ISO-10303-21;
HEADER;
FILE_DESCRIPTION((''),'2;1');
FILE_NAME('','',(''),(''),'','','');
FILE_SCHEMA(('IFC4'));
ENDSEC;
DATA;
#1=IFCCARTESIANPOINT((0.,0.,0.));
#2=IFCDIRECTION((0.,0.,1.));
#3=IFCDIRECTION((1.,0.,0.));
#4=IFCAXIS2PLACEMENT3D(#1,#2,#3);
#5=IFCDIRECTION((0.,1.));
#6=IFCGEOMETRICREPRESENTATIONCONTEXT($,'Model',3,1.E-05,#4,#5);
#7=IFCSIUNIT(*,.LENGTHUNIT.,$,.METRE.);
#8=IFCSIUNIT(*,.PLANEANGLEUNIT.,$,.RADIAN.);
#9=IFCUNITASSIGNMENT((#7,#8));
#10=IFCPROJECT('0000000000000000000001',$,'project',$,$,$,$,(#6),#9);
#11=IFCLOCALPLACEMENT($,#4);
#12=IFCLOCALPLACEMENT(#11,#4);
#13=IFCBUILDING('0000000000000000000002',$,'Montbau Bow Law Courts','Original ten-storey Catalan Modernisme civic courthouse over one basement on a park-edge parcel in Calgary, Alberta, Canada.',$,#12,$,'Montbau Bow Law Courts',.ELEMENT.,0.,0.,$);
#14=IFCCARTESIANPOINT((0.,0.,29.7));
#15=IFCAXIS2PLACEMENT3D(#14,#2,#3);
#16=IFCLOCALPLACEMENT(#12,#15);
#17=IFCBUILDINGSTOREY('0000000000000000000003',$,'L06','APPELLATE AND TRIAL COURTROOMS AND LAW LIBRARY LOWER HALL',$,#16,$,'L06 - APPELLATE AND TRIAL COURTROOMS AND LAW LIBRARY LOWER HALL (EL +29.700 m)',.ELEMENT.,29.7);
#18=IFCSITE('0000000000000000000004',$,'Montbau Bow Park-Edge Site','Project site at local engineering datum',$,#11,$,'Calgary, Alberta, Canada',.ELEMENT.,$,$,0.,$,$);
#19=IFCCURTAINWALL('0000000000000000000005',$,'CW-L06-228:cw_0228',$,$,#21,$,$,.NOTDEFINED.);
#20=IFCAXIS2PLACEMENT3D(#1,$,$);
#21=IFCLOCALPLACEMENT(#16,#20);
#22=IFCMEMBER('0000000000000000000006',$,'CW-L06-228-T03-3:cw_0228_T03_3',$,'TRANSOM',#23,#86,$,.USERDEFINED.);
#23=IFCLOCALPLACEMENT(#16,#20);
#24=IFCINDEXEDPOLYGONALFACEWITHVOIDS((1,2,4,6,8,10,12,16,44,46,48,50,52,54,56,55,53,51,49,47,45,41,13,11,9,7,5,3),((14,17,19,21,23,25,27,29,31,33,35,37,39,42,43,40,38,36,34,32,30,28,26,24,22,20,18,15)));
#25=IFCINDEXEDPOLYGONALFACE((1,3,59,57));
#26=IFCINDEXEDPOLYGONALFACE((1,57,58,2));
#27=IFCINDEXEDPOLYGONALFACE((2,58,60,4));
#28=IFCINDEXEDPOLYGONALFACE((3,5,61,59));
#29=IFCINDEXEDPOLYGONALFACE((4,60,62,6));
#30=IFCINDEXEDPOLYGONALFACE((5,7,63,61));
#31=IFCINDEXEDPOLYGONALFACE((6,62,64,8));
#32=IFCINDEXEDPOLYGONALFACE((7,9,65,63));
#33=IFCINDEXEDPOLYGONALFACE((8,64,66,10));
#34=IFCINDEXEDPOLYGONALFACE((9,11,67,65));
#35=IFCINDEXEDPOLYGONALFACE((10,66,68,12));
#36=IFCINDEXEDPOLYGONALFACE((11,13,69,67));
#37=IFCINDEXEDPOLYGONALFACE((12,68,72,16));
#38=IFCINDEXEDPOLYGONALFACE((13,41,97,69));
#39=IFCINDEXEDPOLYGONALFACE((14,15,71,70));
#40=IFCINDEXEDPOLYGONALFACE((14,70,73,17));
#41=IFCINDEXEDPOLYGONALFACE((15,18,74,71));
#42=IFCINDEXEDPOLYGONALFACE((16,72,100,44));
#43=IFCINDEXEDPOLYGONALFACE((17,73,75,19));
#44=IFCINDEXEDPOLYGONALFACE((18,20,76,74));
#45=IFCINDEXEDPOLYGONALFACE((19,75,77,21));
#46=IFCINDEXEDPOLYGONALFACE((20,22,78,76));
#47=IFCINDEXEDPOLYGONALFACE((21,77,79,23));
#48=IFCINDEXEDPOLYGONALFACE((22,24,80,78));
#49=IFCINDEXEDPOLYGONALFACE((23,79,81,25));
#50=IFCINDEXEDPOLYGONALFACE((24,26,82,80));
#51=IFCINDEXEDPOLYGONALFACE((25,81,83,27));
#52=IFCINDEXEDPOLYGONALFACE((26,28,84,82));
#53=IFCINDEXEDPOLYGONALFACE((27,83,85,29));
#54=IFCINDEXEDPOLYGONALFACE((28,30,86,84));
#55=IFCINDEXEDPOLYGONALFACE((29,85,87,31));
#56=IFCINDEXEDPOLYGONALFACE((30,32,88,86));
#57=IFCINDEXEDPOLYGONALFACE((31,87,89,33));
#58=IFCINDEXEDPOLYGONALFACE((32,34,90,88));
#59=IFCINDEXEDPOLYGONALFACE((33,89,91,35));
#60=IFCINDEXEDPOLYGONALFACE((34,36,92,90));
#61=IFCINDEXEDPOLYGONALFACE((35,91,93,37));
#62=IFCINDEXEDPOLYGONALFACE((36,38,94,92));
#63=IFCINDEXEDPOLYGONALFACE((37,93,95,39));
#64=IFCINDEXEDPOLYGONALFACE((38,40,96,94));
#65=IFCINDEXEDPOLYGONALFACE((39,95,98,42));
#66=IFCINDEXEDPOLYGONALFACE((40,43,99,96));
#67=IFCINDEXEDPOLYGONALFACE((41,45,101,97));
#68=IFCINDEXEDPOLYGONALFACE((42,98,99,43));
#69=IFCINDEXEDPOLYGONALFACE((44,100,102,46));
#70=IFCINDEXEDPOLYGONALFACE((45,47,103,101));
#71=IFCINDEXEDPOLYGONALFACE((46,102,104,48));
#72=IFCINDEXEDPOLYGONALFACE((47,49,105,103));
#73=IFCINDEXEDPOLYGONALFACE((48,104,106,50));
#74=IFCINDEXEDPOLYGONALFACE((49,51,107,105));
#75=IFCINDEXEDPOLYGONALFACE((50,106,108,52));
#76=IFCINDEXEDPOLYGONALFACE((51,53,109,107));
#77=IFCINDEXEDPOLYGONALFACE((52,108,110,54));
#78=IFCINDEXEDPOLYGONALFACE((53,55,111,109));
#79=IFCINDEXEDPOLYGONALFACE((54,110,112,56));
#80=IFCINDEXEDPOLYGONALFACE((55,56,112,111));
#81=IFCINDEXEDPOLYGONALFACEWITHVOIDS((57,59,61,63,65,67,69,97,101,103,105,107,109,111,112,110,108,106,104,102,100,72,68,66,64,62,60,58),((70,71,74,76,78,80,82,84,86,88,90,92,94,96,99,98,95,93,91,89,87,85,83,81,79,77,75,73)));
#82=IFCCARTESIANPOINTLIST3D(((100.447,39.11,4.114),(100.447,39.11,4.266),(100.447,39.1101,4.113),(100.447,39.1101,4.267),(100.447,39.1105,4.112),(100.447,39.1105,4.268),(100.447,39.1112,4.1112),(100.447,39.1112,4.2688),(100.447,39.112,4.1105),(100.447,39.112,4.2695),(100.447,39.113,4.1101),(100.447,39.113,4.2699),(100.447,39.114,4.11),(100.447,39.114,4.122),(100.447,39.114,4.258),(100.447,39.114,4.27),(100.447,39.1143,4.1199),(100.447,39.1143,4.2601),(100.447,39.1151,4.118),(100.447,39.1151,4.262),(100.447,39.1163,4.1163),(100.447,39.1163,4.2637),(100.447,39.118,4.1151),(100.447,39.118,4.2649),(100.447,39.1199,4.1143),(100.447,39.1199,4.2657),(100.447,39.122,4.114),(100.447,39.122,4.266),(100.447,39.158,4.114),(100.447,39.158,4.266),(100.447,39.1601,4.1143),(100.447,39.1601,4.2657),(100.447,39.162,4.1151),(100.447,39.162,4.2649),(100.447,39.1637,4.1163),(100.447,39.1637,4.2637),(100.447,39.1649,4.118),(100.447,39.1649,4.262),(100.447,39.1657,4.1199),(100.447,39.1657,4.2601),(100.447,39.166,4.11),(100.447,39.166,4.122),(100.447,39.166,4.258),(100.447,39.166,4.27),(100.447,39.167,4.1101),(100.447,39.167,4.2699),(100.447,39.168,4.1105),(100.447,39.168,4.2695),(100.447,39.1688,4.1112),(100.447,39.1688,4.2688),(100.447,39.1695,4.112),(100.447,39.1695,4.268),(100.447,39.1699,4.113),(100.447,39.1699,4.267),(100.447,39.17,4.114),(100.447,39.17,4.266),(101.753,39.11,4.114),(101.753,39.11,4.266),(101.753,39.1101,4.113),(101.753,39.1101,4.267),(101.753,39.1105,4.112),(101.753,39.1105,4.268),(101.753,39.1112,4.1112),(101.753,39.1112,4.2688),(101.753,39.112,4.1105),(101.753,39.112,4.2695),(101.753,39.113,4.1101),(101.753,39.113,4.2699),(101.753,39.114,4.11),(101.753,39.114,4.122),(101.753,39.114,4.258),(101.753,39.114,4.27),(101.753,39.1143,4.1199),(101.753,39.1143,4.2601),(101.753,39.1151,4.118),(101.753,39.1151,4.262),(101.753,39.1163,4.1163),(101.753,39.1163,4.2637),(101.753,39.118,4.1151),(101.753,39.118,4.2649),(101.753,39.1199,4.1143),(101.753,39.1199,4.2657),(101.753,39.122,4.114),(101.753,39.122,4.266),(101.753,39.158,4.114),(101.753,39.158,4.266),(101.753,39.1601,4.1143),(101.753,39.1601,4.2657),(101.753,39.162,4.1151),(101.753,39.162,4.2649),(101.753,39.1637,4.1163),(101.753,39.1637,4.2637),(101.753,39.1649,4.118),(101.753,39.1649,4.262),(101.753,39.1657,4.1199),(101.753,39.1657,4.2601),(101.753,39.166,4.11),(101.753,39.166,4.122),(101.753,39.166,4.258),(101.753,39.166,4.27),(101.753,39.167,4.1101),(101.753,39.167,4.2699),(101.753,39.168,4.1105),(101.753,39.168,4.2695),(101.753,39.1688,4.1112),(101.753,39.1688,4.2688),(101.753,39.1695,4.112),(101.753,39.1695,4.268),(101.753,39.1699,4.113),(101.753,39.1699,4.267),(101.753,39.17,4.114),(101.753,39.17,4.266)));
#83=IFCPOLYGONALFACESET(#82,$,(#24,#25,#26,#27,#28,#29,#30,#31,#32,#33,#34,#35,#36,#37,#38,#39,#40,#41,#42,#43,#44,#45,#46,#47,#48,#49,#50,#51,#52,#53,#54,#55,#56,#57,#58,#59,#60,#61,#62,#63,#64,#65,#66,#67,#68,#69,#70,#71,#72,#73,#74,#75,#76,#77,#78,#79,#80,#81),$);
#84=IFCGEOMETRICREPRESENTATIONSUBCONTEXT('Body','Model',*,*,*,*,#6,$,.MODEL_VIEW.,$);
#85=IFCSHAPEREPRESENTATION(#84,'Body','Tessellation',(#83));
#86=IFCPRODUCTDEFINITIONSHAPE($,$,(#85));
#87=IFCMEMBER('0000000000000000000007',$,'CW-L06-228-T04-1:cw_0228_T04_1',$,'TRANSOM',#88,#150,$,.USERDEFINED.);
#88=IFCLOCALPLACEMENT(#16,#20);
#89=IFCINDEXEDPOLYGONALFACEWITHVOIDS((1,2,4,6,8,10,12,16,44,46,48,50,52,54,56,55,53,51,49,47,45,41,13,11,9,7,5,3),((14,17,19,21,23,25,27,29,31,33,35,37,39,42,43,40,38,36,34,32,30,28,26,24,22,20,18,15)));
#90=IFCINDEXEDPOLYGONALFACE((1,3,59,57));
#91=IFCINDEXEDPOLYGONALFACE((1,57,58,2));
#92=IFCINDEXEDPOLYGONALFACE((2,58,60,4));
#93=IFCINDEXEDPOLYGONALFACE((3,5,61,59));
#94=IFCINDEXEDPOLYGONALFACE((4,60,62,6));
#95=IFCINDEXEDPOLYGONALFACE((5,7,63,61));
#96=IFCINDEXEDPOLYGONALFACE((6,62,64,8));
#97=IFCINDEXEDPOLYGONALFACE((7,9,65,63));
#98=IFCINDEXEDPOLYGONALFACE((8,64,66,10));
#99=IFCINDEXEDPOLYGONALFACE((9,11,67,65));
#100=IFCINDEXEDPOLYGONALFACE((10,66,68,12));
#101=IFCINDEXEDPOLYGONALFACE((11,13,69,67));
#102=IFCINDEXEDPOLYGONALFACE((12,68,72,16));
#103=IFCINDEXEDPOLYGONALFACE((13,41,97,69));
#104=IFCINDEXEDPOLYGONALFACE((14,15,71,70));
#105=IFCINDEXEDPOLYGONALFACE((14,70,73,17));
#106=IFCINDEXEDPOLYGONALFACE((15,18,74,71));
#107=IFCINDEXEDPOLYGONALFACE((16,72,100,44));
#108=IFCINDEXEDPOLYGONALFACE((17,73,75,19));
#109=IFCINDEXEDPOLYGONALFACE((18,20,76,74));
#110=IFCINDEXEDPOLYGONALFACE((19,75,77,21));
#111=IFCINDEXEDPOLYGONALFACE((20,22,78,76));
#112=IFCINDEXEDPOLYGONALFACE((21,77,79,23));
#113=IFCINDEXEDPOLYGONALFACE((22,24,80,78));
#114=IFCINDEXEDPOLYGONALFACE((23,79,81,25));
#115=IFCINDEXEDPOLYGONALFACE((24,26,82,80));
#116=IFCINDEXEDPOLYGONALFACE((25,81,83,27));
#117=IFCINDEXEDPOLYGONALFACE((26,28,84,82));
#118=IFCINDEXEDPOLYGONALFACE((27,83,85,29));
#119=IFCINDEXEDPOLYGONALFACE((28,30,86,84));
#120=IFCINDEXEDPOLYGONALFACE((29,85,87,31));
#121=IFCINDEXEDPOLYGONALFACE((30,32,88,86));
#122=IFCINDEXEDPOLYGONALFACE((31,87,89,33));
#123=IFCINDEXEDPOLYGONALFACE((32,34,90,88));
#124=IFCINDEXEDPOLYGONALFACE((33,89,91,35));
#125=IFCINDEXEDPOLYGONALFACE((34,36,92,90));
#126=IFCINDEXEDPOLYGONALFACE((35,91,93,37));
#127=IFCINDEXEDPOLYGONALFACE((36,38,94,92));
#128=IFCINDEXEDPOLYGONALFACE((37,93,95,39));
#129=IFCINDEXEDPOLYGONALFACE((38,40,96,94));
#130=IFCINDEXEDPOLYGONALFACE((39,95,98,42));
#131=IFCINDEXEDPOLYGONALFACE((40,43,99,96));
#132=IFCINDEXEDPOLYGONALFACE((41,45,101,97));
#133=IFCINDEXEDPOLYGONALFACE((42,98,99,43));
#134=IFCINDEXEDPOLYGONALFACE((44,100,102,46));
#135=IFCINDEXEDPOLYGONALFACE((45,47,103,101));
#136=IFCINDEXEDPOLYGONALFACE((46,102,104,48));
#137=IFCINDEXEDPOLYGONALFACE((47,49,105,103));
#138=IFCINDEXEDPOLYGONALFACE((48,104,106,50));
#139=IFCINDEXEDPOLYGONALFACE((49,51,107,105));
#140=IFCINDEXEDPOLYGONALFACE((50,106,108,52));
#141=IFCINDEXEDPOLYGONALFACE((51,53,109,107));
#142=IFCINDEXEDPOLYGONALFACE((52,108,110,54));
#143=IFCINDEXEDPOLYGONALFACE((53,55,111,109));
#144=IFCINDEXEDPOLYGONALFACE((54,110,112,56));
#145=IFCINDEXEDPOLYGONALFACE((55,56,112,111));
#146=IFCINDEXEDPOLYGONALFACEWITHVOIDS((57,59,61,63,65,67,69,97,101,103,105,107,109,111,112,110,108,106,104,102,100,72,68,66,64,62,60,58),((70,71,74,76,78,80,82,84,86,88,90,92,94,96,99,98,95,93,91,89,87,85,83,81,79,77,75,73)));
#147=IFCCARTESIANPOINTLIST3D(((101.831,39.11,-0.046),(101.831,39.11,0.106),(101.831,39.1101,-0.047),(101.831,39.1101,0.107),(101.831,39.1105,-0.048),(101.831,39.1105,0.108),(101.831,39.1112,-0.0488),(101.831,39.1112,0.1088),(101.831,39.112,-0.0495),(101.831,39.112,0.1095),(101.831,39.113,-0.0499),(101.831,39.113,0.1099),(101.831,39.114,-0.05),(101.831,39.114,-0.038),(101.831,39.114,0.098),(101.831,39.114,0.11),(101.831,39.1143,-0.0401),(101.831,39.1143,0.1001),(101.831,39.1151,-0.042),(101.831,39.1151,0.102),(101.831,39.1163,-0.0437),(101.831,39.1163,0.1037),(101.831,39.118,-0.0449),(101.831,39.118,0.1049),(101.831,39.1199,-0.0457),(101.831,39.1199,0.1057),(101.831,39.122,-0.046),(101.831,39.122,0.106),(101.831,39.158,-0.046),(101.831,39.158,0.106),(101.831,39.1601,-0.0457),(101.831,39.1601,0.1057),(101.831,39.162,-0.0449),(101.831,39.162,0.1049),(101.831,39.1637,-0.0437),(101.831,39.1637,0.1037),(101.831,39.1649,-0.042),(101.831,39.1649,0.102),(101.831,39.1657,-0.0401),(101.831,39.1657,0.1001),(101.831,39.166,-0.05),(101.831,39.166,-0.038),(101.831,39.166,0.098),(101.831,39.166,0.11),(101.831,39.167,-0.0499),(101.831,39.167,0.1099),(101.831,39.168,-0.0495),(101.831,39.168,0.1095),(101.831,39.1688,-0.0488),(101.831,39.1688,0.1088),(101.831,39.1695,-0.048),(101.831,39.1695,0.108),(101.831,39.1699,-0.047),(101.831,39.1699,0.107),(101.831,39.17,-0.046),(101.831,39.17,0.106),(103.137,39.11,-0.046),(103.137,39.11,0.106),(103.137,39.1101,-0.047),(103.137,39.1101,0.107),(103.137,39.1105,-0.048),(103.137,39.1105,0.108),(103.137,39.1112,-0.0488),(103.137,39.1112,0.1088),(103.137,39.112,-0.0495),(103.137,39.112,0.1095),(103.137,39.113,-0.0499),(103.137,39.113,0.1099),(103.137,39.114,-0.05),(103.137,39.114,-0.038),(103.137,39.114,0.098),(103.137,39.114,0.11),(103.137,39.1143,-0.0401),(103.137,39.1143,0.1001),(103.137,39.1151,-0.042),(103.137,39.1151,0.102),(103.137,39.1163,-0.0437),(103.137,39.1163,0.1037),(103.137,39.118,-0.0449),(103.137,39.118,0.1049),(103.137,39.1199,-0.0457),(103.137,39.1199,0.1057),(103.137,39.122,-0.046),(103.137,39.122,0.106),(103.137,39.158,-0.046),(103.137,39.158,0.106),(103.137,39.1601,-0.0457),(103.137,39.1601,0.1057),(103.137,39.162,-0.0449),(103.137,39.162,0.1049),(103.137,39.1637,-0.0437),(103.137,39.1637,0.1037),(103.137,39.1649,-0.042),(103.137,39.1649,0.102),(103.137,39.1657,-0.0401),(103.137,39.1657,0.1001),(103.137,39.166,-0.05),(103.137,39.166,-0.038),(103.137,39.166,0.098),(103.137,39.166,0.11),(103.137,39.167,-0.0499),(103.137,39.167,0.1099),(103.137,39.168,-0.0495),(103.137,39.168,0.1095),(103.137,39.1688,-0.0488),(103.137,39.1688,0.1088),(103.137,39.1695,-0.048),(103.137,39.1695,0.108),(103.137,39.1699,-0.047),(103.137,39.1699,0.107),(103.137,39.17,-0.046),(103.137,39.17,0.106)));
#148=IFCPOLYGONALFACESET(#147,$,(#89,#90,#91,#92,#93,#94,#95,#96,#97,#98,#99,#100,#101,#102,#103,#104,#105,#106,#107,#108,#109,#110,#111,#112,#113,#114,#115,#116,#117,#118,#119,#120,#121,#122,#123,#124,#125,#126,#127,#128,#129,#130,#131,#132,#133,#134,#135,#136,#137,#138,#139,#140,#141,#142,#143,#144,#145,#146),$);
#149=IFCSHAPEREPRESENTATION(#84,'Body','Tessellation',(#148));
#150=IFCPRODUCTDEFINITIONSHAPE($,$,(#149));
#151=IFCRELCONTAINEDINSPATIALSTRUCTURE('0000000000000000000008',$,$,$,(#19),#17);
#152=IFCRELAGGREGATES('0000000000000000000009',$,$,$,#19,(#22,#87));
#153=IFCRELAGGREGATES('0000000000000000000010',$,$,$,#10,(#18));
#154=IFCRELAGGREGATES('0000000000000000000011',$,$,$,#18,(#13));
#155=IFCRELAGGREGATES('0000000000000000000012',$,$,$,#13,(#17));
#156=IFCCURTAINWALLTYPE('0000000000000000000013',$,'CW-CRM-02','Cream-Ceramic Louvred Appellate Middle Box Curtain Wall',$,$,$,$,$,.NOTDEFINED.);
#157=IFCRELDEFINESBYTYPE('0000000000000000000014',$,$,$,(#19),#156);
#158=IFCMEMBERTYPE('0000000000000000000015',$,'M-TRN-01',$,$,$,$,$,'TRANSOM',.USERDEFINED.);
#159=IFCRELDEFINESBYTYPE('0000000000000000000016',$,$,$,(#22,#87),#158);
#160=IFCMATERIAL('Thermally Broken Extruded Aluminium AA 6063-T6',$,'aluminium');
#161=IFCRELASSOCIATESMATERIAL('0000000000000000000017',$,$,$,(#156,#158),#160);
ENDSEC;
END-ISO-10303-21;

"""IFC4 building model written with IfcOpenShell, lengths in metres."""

from ifc_helpers import new_model, si_unit, direction, frame, origin_with_axes, origin_2d_with_axis, place, context, subcontext, project, spatial, hollow_rectangle, extrude, material, material_profile, profile_set, type_object, element, aggregate, save


model = new_model("IFC4")

# Units and contexts
model_context = context("Model", 3, precision=1e-05, world=origin_with_axes(), true_north=direction((0.0, 1.0)))
body_context = subcontext(model_context, "Body", "Model", "MODEL_VIEW")
ifc_project = project(units=[si_unit("LENGTHUNIT", "METRE"), si_unit("PLANEANGLEUNIT", "RADIAN")], contexts=[model_context])

# Site, building, storey
site_placement = place(None, origin_with_axes())
site = spatial("IfcSite", under=ifc_project, at=site_placement, Name="Montbau Bow Park-Edge Site", Description="Project site at local engineering datum", LongName="Calgary, Alberta, Canada", CompositionType="ELEMENT", RefElevation=0.0)
building_placement = place(site_placement, origin_with_axes())
building = spatial("IfcBuilding", under=site, at=building_placement, Name="Montbau Bow Law Courts", Description="Original ten-storey Catalan Modernisme civic courthouse over one basement on a park-edge parcel in Calgary, Alberta, Canada.", LongName="Montbau Bow Law Courts", CompositionType="ELEMENT", ElevationOfRefHeight=0.0, ElevationOfTerrain=0.0)
storey_placement = place(building_placement, frame((0.0, 0.0, 29.7), z_axis=(0.0, 0.0, 1.0), x_axis=(1.0, 0.0, 0.0)))
storey = spatial("IfcBuildingStorey", under=building, at=storey_placement, Name="L06", Description="APPELLATE AND TRIAL COURTROOMS AND LAW LIBRARY LOWER HALL", LongName="L06 - APPELLATE AND TRIAL COURTROOMS AND LAW LIBRARY LOWER HALL (EL +29.700 m)", CompositionType="ELEMENT", Elevation=29.7)

# Curtain wall
ifc_material_1 = material(Name="Thermally Broken Extruded Aluminium AA 6063-T6", Category="aluminium")
curtain_wall_type = type_object("IfcCurtainWallType", Name="CW-CRM-02", Description="Cream-Ceramic Louvred Appellate Middle Box Curtain Wall", PredefinedType="NOTDEFINED", material=ifc_material_1)
curtain_wall_placement = place(None, frame((97.64, 39.14, 29.7), z_axis=(0.0, 0.0, 1.0), x_axis=(1.0, 0.0, 0.0)))
curtain_wall = element("IfcCurtainWall", 1, at=curtain_wall_placement, inside=storey, type_object=curtain_wall_type, Name="CW-L06-228:cw_0228", PredefinedType="NOTDEFINED")

# Members
ifc_material_profile_1 = material_profile(ifc_material_1, hollow_rectangle(XDim=0.06, YDim=0.16, WallThickness=0.004, InnerFilletRadius=0.008, OuterFilletRadius=0.004, at=origin_2d_with_axis()), Name="CWT-160X60", Category="Main", Priority=0)
ifc_profile_set_1 = profile_set([ifc_material_profile_1], Name="Thermally Broken Extruded Aluminium AA 6063-T6")
member_type_1 = type_object("IfcMemberType", Name="M-TRN-01", ElementType="TRANSOM", PredefinedType="USERDEFINED", material=ifc_profile_set_1)
member_1_placement = place(None, frame((100.447, 39.14, 33.89), z_axis=(1.0, 0.0, 0.0), x_axis=(0.0, 1.0, 0.0)))
member_1 = element("IfcMember", 2, at=member_1_placement, type_object=member_type_1, Name="CW-L06-228-T03-3:cw_0228_T03_3", ObjectType="TRANSOM", PredefinedType="USERDEFINED", context=body_context, shape_type="SweptSolid", body=[
    extrude(hollow_rectangle(XDim=0.06, YDim=0.16, WallThickness=0.004, InnerFilletRadius=0.008, OuterFilletRadius=0.004, at=origin_2d_with_axis()), origin_with_axes(), (0.0, 0.0, 1.0), 1.306),
])
member_2_placement = place(None, frame((101.831, 39.14, 29.73), z_axis=(1.0, 0.0, 0.0), x_axis=(0.0, 1.0, 0.0)))
member_2 = element("IfcMember", 3, at=member_2_placement, type_object=member_type_1, Name="CW-L06-228-T04-1:cw_0228_T04_1", ObjectType="TRANSOM", PredefinedType="USERDEFINED", context=body_context, shape_type="SweptSolid", body=[
    extrude(hollow_rectangle(XDim=0.06, YDim=0.16, WallThickness=0.004, InnerFilletRadius=0.008, OuterFilletRadius=0.004, at=origin_2d_with_axis()), origin_with_axes(), (0.0, 0.0, 1.0), 1.306),
])

aggregate(curtain_wall, [member_1, member_2])

save(model, "model.ifc")
